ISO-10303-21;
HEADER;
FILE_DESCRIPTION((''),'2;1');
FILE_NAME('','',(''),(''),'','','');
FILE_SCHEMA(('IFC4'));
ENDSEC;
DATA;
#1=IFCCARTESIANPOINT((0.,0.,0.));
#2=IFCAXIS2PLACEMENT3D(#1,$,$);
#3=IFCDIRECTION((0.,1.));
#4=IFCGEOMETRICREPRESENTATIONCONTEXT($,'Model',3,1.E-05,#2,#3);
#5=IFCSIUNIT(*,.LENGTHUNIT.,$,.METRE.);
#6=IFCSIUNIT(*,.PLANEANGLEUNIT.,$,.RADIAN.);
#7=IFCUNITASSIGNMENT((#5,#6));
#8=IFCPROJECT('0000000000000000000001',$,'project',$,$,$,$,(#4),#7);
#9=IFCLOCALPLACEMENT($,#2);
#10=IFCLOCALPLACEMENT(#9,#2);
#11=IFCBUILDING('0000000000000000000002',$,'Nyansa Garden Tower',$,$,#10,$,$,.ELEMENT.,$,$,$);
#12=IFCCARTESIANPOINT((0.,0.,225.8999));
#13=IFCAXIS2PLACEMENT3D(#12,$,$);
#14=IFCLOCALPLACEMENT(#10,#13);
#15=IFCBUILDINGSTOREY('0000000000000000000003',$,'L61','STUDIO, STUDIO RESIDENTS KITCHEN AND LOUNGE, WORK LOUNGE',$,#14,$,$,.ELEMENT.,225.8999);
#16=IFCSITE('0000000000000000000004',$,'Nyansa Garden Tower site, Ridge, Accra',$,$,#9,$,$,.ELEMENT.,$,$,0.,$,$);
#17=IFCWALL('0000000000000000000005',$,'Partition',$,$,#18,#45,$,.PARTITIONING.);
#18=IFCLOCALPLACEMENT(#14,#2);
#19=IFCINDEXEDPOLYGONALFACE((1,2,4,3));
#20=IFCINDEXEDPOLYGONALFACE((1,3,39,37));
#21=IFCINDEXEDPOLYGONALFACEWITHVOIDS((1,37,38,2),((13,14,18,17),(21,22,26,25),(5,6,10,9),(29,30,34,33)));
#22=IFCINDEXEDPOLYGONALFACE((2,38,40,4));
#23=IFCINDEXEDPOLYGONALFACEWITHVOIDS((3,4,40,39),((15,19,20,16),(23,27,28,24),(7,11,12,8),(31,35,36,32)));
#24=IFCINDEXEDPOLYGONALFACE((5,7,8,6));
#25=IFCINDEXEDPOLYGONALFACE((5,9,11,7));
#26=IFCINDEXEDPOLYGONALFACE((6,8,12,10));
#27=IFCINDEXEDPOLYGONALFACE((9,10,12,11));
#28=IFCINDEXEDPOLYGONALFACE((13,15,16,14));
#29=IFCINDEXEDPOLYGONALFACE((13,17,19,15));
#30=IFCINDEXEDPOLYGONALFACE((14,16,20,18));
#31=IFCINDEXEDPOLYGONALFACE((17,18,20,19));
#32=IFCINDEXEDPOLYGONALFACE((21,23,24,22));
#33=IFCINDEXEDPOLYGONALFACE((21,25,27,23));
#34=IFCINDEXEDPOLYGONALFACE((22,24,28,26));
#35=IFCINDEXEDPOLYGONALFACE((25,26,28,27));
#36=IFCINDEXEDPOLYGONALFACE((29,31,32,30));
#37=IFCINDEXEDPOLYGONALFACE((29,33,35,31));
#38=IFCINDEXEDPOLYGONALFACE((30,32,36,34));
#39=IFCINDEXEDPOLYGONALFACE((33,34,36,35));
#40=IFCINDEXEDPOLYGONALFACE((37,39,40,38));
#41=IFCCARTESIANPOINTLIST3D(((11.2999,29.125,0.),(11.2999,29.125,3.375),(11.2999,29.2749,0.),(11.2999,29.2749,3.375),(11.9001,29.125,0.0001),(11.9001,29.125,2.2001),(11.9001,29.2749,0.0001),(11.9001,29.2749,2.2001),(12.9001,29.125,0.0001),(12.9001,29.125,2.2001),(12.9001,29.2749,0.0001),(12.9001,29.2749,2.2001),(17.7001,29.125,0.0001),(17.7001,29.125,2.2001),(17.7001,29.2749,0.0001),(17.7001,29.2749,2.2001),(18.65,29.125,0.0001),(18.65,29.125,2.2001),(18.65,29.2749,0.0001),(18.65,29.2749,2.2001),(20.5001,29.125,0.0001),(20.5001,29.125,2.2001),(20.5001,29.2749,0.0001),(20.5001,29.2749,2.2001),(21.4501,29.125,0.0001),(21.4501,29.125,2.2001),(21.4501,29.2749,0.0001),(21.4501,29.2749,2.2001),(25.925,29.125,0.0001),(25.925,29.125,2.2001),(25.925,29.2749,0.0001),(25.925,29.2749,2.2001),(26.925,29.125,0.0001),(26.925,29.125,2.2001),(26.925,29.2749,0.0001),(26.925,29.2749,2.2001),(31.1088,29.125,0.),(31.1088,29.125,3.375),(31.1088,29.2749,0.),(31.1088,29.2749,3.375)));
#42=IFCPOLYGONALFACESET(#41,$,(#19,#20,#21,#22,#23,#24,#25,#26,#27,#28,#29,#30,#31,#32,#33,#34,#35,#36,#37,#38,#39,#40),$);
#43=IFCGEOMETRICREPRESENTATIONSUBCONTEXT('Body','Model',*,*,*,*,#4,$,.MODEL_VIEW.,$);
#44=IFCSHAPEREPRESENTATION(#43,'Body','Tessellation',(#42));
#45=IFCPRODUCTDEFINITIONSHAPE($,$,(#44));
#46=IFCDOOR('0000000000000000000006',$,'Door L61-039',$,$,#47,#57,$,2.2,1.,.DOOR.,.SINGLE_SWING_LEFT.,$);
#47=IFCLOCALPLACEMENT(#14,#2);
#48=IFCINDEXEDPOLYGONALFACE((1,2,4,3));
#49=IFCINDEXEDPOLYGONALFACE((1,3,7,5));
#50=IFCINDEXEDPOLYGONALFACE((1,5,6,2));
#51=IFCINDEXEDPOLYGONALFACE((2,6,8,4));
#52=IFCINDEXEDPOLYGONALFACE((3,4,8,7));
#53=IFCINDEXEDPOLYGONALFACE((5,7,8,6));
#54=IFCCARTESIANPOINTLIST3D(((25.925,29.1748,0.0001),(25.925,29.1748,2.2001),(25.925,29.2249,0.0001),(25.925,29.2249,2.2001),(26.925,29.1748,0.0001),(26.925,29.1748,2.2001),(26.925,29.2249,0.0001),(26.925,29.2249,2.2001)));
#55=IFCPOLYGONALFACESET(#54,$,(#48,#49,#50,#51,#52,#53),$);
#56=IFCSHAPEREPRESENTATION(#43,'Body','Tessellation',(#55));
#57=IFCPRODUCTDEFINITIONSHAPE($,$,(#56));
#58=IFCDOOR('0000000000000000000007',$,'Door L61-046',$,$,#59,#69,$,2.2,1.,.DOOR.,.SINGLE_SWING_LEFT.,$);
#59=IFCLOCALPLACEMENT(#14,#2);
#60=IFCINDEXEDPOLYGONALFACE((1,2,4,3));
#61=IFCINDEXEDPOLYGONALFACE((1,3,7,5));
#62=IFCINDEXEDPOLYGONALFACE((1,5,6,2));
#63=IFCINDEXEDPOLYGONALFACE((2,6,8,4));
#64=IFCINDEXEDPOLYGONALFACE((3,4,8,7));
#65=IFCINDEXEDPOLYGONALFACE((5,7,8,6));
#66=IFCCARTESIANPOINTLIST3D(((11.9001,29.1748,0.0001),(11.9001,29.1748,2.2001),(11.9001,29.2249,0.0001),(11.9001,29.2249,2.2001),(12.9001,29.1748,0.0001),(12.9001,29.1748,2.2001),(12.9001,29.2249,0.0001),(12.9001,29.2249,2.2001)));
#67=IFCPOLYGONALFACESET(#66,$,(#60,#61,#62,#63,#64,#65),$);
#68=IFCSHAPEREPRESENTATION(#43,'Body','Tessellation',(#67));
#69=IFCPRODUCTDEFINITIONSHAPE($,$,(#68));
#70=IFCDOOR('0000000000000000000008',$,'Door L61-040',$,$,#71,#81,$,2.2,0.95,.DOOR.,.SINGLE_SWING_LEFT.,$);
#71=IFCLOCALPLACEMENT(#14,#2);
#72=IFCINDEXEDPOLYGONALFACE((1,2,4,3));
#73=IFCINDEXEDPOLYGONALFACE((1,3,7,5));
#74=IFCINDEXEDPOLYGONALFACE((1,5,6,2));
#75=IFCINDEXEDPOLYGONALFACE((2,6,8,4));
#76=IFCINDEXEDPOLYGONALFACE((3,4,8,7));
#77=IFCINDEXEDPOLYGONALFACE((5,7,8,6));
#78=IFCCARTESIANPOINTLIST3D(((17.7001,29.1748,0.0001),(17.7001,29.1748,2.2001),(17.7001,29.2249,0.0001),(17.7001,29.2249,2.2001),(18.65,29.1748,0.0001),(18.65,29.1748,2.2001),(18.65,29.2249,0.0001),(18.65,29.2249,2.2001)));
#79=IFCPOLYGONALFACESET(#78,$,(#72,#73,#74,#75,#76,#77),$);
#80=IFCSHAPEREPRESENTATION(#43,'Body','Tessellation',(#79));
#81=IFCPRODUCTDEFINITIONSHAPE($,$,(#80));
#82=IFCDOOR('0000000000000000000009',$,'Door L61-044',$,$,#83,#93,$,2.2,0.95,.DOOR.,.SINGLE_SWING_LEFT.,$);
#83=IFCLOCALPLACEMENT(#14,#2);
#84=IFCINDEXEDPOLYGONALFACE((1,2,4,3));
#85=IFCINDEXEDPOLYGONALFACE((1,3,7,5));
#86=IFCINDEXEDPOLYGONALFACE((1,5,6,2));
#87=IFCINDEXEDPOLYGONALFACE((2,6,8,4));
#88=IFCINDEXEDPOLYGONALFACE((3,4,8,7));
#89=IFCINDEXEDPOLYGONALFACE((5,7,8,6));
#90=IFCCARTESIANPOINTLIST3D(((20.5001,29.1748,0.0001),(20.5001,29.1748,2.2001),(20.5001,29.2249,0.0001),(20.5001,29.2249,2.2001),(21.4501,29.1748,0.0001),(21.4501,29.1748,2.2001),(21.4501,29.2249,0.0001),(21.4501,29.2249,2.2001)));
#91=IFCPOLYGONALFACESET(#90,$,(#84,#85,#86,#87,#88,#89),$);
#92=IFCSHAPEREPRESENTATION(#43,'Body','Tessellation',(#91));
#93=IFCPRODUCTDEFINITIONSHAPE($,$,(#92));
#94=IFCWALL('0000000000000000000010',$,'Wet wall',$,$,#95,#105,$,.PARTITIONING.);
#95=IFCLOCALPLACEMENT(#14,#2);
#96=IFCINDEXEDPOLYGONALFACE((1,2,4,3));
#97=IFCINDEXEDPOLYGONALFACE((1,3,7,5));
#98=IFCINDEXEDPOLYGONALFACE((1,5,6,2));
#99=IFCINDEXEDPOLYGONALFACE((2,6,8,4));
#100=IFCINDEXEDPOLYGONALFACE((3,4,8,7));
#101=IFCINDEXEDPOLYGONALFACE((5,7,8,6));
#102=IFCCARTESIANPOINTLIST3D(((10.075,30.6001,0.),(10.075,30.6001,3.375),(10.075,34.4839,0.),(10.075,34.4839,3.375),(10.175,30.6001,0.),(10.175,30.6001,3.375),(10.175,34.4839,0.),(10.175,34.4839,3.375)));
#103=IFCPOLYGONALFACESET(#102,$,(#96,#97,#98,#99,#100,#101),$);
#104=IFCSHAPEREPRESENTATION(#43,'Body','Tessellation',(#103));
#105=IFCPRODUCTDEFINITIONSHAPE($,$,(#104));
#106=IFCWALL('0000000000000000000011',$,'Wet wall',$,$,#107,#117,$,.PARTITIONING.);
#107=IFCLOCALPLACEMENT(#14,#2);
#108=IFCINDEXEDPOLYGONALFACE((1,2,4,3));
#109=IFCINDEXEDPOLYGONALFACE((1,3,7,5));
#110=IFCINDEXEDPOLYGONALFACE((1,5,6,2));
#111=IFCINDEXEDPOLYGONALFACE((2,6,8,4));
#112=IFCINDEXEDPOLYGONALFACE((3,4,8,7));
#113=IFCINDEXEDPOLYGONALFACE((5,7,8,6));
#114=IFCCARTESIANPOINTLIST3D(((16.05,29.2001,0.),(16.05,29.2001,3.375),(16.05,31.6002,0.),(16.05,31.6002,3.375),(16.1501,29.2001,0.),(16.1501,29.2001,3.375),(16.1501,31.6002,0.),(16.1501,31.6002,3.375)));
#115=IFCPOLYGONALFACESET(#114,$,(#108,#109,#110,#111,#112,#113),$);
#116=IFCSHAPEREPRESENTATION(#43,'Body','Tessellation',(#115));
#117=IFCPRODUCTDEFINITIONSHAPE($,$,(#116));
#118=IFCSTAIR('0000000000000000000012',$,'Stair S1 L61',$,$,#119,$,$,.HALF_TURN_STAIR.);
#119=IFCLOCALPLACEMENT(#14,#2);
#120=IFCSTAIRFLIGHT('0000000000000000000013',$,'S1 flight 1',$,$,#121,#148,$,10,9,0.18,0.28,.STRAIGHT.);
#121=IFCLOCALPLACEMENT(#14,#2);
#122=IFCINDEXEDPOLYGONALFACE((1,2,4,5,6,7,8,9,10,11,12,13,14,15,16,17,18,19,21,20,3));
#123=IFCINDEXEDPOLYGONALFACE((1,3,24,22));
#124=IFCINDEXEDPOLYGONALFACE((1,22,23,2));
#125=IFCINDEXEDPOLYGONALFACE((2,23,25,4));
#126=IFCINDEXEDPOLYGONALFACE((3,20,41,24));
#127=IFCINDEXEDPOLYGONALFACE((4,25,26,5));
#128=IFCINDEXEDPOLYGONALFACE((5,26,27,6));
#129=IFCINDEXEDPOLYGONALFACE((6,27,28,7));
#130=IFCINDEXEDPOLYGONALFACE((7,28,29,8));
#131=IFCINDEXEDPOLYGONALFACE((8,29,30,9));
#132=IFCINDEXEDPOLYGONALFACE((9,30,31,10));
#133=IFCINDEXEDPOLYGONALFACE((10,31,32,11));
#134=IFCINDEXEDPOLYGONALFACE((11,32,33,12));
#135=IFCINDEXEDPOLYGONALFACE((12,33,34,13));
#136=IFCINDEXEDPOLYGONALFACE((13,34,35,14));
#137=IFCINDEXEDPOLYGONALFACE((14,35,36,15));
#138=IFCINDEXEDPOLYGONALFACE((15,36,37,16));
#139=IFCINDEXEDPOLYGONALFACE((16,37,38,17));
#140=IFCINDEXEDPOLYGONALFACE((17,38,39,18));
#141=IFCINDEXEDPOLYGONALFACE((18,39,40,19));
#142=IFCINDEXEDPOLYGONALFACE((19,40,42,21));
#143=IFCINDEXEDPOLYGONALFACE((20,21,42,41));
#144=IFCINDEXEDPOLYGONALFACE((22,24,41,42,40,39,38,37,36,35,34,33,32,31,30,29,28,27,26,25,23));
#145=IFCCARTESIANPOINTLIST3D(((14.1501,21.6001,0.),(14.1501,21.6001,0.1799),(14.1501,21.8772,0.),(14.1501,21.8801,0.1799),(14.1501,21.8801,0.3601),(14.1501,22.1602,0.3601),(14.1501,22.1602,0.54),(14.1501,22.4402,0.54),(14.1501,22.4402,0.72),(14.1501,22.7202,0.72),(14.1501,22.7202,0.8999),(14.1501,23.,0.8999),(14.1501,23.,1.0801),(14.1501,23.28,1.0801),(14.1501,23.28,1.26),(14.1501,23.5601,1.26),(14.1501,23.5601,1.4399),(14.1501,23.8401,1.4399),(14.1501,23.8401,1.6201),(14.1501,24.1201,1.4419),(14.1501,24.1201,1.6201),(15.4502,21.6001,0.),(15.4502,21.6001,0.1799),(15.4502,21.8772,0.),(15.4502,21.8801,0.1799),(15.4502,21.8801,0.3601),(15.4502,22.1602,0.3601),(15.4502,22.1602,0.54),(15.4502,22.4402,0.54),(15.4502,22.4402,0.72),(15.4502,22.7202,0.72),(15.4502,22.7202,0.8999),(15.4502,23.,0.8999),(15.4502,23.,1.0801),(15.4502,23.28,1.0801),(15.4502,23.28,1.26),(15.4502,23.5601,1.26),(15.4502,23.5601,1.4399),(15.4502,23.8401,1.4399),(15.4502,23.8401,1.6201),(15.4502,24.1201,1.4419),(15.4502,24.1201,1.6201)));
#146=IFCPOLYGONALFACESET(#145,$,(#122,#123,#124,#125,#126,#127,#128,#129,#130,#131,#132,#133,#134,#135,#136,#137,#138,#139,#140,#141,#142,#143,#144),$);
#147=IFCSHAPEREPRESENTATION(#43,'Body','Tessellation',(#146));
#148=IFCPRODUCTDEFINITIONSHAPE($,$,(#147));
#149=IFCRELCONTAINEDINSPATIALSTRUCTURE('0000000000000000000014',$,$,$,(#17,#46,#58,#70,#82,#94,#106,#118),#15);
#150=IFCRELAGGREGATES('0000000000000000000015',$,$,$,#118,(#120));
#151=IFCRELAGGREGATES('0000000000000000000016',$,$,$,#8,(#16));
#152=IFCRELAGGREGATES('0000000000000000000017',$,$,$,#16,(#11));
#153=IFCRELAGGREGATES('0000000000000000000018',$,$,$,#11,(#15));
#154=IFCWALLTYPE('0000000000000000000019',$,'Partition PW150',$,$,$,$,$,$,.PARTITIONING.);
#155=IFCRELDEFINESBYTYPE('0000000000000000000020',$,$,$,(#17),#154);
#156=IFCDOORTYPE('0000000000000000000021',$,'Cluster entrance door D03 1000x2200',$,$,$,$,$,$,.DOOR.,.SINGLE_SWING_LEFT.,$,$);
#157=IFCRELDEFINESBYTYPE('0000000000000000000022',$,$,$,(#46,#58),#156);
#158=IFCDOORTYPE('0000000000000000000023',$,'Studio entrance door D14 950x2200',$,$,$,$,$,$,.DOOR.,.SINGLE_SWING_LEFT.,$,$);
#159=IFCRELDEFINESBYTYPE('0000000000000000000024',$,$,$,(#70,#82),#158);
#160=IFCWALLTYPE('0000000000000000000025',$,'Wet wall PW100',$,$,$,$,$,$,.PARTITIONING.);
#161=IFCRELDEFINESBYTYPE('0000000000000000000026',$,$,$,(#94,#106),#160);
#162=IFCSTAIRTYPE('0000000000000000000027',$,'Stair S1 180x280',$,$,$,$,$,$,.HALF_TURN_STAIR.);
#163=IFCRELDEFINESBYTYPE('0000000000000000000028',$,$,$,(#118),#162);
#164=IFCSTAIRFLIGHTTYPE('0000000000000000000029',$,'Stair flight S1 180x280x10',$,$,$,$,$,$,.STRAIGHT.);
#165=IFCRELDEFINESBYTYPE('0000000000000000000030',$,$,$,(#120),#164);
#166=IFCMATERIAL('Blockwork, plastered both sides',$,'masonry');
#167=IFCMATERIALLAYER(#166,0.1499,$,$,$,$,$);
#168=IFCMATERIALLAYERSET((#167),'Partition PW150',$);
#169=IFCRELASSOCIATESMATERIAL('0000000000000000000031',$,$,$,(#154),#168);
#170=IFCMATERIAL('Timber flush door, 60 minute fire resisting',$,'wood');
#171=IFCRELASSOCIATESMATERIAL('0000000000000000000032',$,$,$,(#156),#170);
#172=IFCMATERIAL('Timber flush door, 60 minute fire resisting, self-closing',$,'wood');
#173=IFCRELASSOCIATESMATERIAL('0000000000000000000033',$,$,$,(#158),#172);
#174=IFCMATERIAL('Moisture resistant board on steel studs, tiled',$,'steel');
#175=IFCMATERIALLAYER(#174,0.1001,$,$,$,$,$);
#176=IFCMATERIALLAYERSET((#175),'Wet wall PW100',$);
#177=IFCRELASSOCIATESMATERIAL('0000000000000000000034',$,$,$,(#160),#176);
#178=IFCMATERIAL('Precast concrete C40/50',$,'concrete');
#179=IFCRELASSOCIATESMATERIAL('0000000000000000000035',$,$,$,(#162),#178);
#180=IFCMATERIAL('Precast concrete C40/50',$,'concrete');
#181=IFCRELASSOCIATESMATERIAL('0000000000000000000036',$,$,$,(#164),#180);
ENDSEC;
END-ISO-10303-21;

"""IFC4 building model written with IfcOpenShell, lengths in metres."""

from ifc_helpers import new_model, si_unit, direction, frame, frame_2d, origin, place, context, subcontext, project, spatial, polyline, rectangle, outline, extrude, material, layer, layer_set, type_object, element, fill, aggregate, save


model = new_model("IFC4")

# Units and contexts
model_context = context("Model", 3, precision=1e-05, world=origin(), true_north=direction((0.0, 1.0)))
body_context = subcontext(model_context, "Body", "Model", "MODEL_VIEW")
ifc_project = project(units=[si_unit("LENGTHUNIT", "METRE"), si_unit("PLANEANGLEUNIT", "RADIAN")], contexts=[model_context])

# Site, building, storey
site_placement = place(None, origin())
site = spatial("IfcSite", under=ifc_project, at=site_placement, Name="Nyansa Garden Tower site, Ridge, Accra", CompositionType="ELEMENT", RefElevation=0.0)
building_placement = place(site_placement, origin())
building = spatial("IfcBuilding", under=site, at=building_placement, Name="Nyansa Garden Tower", CompositionType="ELEMENT")
storey_placement = place(building_placement, frame((0.0, 0.0, 225.8999)))
storey = spatial("IfcBuildingStorey", under=building, at=storey_placement, Name="L61", Description="STUDIO, STUDIO RESIDENTS KITCHEN AND LOUNGE, WORK LOUNGE", CompositionType="ELEMENT", Elevation=225.8999)

# Wall, openings, doors
ifc_material_1 = material(Name="Blockwork, plastered both sides", Category="masonry")
ifc_layer_1 = layer(ifc_material_1, 0.1499)
ifc_layer_set_1 = layer_set([ifc_layer_1], Name="Partition PW150")
wall_type_1 = type_object("IfcWallType", Name="Partition PW150", PredefinedType="PARTITIONING", material=ifc_layer_set_1)
wall_1_placement = place(storey_placement, frame((11.3, 29.2, 0.0), z_axis=(0.0, 0.0, 1.0), x_axis=(1.0, 0.0, 0.0)))
wall_1 = element("IfcWall", 1, at=wall_1_placement, inside=storey, type_object=wall_type_1, Name="Partition", PredefinedType="PARTITIONING", context=body_context, shape_type="SweptSolid", body=[
    extrude(rectangle(XDim=19.8088, YDim=0.1499, at=frame_2d((9.9043, 0.0))), origin(), (0.0, 0.0, 1.0), 3.375),
])
opening_1_placement = place(wall_1_placement, frame((14.625, 0.0, 0.0)))
opening_1 = element("IfcOpeningElement", 2, at=opening_1_placement, cuts=wall_1, PredefinedType="OPENING", context=body_context, shape_type="SweptSolid", body=[
    extrude(rectangle(XDim=1.0, YDim=2.2, at=frame_2d((0.5, 1.1001))), frame((0.0, 0.085, 0.0), z_axis=(0.0, -1.0, 0.0), x_axis=(1.0, 0.0, 0.0)), (0.0, 0.0, 1.0), 0.1699),
])
opening_2_placement = place(wall_1_placement, frame((6.3999, 0.0, 0.0)))
opening_2 = element("IfcOpeningElement", 3, at=opening_2_placement, cuts=wall_1, PredefinedType="OPENING", context=body_context, shape_type="SweptSolid", body=[
    extrude(rectangle(XDim=0.95, YDim=2.2, at=frame_2d((0.4751, 1.1001))), frame((0.0, 0.085, 0.0), z_axis=(0.0, -1.0, 0.0), x_axis=(1.0, 0.0, 0.0)), (0.0, 0.0, 1.0), 0.1699),
])
opening_3_placement = place(wall_1_placement, frame((9.2, 0.0, 0.0)))
opening_3 = element("IfcOpeningElement", 4, at=opening_3_placement, cuts=wall_1, PredefinedType="OPENING", context=body_context, shape_type="SweptSolid", body=[
    extrude(rectangle(XDim=0.95, YDim=2.2, at=frame_2d((0.4751, 1.1001))), frame((0.0, 0.085, 0.0), z_axis=(0.0, -1.0, 0.0), x_axis=(1.0, 0.0, 0.0)), (0.0, 0.0, 1.0), 0.1699),
])
opening_4_placement = place(wall_1_placement, frame((0.6001, 0.0, 0.0)))
opening_4 = element("IfcOpeningElement", 5, at=opening_4_placement, cuts=wall_1, PredefinedType="OPENING", context=body_context, shape_type="SweptSolid", body=[
    extrude(rectangle(XDim=1.0, YDim=2.2, at=frame_2d((0.5, 1.1001))), frame((0.0, 0.085, 0.0), z_axis=(0.0, -1.0, 0.0), x_axis=(1.0, 0.0, 0.0)), (0.0, 0.0, 1.0), 0.1699),
])
ifc_material_2 = material(Name="Timber flush door, 60 minute fire resisting", Category="wood")
door_type_1 = type_object("IfcDoorType", Name="Cluster entrance door D03 1000x2200", OperationType="SINGLE_SWING_LEFT", PredefinedType="DOOR", material=ifc_material_2)
door_1_placement = place(opening_1_placement, origin())
door_1 = element("IfcDoor", 6, at=door_1_placement, inside=storey, type_object=door_type_1, Name="Door L61-039", OperationType="SINGLE_SWING_LEFT", OverallHeight=2.2, OverallWidth=1.0, PredefinedType="DOOR", context=body_context, shape_type="SweptSolid", body=[
    extrude(rectangle(XDim=1.0, YDim=2.2, at=frame_2d((0.5, 1.1001))), frame((0.0, 0.0249, 0.0), z_axis=(0.0, -1.0, 0.0), x_axis=(1.0, 0.0, 0.0)), (0.0, 0.0, 1.0), 0.05),
])
fill(opening_1, door_1)
door_2_placement = place(opening_4_placement, origin())
door_2 = element("IfcDoor", 7, at=door_2_placement, inside=storey, type_object=door_type_1, Name="Door L61-046", OperationType="SINGLE_SWING_LEFT", OverallHeight=2.2, OverallWidth=1.0, PredefinedType="DOOR", context=body_context, shape_type="SweptSolid", body=[
    extrude(rectangle(XDim=1.0, YDim=2.2, at=frame_2d((0.5, 1.1001))), frame((0.0, 0.0249, 0.0), z_axis=(0.0, -1.0, 0.0), x_axis=(1.0, 0.0, 0.0)), (0.0, 0.0, 1.0), 0.05),
])
fill(opening_4, door_2)
ifc_material_3 = material(Name="Timber flush door, 60 minute fire resisting, self-closing", Category="wood")
door_type_2 = type_object("IfcDoorType", Name="Studio entrance door D14 950x2200", OperationType="SINGLE_SWING_LEFT", PredefinedType="DOOR", material=ifc_material_3)
door_3_placement = place(opening_2_placement, origin())
door_3 = element("IfcDoor", 8, at=door_3_placement, inside=storey, type_object=door_type_2, Name="Door L61-040", OperationType="SINGLE_SWING_LEFT", OverallHeight=2.2, OverallWidth=0.95, PredefinedType="DOOR", context=body_context, shape_type="SweptSolid", body=[
    extrude(rectangle(XDim=0.95, YDim=2.2, at=frame_2d((0.4751, 1.1001))), frame((0.0, 0.0249, 0.0), z_axis=(0.0, -1.0, 0.0), x_axis=(1.0, 0.0, 0.0)), (0.0, 0.0, 1.0), 0.05),
])
fill(opening_2, door_3)
door_4_placement = place(opening_3_placement, origin())
door_4 = element("IfcDoor", 9, at=door_4_placement, inside=storey, type_object=door_type_2, Name="Door L61-044", OperationType="SINGLE_SWING_LEFT", OverallHeight=2.2, OverallWidth=0.95, PredefinedType="DOOR", context=body_context, shape_type="SweptSolid", body=[
    extrude(rectangle(XDim=0.95, YDim=2.2, at=frame_2d((0.4751, 1.1001))), frame((0.0, 0.0249, 0.0), z_axis=(0.0, -1.0, 0.0), x_axis=(1.0, 0.0, 0.0)), (0.0, 0.0, 1.0), 0.05),
])
fill(opening_3, door_4)

# Walls
ifc_material_4 = material(Name="Moisture resistant board on steel studs, tiled", Category="steel")
ifc_layer_2 = layer(ifc_material_4, 0.1001)
ifc_layer_set_2 = layer_set([ifc_layer_2], Name="Wet wall PW100")
wall_type_2 = type_object("IfcWallType", Name="Wet wall PW100", PredefinedType="PARTITIONING", material=ifc_layer_set_2)
wall_2_placement = place(storey_placement, frame((10.125, 30.6001, 0.0), z_axis=(0.0, 0.0, 1.0), x_axis=(0.0, 1.0, 0.0)))
element("IfcWall", 10, at=wall_2_placement, inside=storey, type_object=wall_type_2, Name="Wet wall", PredefinedType="PARTITIONING", context=body_context, shape_type="SweptSolid", body=[
    extrude(rectangle(XDim=3.8838, YDim=0.1001, at=frame_2d((1.9419, 0.0))), origin(), (0.0, 0.0, 1.0), 3.375),
])
wall_3_placement = place(storey_placement, frame((16.1001, 29.2, 0.0), z_axis=(0.0, 0.0, 1.0), x_axis=(0.0, 1.0, 0.0)))
element("IfcWall", 11, at=wall_3_placement, inside=storey, type_object=wall_type_2, Name="Wet wall", PredefinedType="PARTITIONING", context=body_context, shape_type="SweptSolid", body=[
    extrude(rectangle(XDim=2.4001, YDim=0.1001, at=frame_2d((1.2002, 0.0))), origin(), (0.0, 0.0, 1.0), 3.375),
])

# Stair, stair flight
ifc_material_5 = material(Name="Precast concrete C40/50", Category="concrete")
stair_type = type_object("IfcStairType", Name="Stair S1 180x280", PredefinedType="HALF_TURN_STAIR", material=ifc_material_5)
stair_placement = place(storey_placement, origin())
stair = element("IfcStair", 12, at=stair_placement, inside=storey, type_object=stair_type, Name="Stair S1 L61", PredefinedType="HALF_TURN_STAIR")
ifc_material_6 = material(Name="Precast concrete C40/50", Category="concrete")
stair_flight_type = type_object("IfcStairFlightType", Name="Stair flight S1 180x280x10", PredefinedType="STRAIGHT", material=ifc_material_6)
stair_flight_1_placement = place(storey_placement, frame((14.8, 21.6001, 0.0), z_axis=(0.0, 0.0, 1.0), x_axis=(0.0, 1.0, 0.0)))
stair_flight_1 = element("IfcStairFlight", 13, at=stair_flight_1_placement, type_object=stair_flight_type, Name="S1 flight 1", NumberOfRisers=10, NumberOfTreads=9, PredefinedType="STRAIGHT", RiserHeight=0.18, TreadLength=0.28, context=body_context, shape_type="SweptSolid", body=[
    extrude(outline(polyline([(0.0, 0.0), (0.0, 0.1799), (0.28, 0.1799), (0.28, 0.3601), (0.5601, 0.3601), (0.5601, 0.54), (0.8401, 0.54), (0.8401, 0.72), (1.1201, 0.72), (1.1201, 0.8999), (1.3999, 0.8999), (1.3999, 1.0801), (1.6799, 1.0801), (1.6799, 1.26), (1.96, 1.26), (1.96, 1.4399), (2.24, 1.4399), (2.24, 1.6201), (2.52, 1.6201), (2.52, 1.8), (2.52, 1.4419), (0.2771, 0.0), (0.0, 0.0)])), frame((0.0, 0.6499, 0.0), z_axis=(0.0, -1.0, 0.0), x_axis=(1.0, 0.0, 0.0)), (0.0, 0.0, 1.0), 1.3),
])
aggregate(stair, [stair_flight_1])

save(model, "model.ifc")
